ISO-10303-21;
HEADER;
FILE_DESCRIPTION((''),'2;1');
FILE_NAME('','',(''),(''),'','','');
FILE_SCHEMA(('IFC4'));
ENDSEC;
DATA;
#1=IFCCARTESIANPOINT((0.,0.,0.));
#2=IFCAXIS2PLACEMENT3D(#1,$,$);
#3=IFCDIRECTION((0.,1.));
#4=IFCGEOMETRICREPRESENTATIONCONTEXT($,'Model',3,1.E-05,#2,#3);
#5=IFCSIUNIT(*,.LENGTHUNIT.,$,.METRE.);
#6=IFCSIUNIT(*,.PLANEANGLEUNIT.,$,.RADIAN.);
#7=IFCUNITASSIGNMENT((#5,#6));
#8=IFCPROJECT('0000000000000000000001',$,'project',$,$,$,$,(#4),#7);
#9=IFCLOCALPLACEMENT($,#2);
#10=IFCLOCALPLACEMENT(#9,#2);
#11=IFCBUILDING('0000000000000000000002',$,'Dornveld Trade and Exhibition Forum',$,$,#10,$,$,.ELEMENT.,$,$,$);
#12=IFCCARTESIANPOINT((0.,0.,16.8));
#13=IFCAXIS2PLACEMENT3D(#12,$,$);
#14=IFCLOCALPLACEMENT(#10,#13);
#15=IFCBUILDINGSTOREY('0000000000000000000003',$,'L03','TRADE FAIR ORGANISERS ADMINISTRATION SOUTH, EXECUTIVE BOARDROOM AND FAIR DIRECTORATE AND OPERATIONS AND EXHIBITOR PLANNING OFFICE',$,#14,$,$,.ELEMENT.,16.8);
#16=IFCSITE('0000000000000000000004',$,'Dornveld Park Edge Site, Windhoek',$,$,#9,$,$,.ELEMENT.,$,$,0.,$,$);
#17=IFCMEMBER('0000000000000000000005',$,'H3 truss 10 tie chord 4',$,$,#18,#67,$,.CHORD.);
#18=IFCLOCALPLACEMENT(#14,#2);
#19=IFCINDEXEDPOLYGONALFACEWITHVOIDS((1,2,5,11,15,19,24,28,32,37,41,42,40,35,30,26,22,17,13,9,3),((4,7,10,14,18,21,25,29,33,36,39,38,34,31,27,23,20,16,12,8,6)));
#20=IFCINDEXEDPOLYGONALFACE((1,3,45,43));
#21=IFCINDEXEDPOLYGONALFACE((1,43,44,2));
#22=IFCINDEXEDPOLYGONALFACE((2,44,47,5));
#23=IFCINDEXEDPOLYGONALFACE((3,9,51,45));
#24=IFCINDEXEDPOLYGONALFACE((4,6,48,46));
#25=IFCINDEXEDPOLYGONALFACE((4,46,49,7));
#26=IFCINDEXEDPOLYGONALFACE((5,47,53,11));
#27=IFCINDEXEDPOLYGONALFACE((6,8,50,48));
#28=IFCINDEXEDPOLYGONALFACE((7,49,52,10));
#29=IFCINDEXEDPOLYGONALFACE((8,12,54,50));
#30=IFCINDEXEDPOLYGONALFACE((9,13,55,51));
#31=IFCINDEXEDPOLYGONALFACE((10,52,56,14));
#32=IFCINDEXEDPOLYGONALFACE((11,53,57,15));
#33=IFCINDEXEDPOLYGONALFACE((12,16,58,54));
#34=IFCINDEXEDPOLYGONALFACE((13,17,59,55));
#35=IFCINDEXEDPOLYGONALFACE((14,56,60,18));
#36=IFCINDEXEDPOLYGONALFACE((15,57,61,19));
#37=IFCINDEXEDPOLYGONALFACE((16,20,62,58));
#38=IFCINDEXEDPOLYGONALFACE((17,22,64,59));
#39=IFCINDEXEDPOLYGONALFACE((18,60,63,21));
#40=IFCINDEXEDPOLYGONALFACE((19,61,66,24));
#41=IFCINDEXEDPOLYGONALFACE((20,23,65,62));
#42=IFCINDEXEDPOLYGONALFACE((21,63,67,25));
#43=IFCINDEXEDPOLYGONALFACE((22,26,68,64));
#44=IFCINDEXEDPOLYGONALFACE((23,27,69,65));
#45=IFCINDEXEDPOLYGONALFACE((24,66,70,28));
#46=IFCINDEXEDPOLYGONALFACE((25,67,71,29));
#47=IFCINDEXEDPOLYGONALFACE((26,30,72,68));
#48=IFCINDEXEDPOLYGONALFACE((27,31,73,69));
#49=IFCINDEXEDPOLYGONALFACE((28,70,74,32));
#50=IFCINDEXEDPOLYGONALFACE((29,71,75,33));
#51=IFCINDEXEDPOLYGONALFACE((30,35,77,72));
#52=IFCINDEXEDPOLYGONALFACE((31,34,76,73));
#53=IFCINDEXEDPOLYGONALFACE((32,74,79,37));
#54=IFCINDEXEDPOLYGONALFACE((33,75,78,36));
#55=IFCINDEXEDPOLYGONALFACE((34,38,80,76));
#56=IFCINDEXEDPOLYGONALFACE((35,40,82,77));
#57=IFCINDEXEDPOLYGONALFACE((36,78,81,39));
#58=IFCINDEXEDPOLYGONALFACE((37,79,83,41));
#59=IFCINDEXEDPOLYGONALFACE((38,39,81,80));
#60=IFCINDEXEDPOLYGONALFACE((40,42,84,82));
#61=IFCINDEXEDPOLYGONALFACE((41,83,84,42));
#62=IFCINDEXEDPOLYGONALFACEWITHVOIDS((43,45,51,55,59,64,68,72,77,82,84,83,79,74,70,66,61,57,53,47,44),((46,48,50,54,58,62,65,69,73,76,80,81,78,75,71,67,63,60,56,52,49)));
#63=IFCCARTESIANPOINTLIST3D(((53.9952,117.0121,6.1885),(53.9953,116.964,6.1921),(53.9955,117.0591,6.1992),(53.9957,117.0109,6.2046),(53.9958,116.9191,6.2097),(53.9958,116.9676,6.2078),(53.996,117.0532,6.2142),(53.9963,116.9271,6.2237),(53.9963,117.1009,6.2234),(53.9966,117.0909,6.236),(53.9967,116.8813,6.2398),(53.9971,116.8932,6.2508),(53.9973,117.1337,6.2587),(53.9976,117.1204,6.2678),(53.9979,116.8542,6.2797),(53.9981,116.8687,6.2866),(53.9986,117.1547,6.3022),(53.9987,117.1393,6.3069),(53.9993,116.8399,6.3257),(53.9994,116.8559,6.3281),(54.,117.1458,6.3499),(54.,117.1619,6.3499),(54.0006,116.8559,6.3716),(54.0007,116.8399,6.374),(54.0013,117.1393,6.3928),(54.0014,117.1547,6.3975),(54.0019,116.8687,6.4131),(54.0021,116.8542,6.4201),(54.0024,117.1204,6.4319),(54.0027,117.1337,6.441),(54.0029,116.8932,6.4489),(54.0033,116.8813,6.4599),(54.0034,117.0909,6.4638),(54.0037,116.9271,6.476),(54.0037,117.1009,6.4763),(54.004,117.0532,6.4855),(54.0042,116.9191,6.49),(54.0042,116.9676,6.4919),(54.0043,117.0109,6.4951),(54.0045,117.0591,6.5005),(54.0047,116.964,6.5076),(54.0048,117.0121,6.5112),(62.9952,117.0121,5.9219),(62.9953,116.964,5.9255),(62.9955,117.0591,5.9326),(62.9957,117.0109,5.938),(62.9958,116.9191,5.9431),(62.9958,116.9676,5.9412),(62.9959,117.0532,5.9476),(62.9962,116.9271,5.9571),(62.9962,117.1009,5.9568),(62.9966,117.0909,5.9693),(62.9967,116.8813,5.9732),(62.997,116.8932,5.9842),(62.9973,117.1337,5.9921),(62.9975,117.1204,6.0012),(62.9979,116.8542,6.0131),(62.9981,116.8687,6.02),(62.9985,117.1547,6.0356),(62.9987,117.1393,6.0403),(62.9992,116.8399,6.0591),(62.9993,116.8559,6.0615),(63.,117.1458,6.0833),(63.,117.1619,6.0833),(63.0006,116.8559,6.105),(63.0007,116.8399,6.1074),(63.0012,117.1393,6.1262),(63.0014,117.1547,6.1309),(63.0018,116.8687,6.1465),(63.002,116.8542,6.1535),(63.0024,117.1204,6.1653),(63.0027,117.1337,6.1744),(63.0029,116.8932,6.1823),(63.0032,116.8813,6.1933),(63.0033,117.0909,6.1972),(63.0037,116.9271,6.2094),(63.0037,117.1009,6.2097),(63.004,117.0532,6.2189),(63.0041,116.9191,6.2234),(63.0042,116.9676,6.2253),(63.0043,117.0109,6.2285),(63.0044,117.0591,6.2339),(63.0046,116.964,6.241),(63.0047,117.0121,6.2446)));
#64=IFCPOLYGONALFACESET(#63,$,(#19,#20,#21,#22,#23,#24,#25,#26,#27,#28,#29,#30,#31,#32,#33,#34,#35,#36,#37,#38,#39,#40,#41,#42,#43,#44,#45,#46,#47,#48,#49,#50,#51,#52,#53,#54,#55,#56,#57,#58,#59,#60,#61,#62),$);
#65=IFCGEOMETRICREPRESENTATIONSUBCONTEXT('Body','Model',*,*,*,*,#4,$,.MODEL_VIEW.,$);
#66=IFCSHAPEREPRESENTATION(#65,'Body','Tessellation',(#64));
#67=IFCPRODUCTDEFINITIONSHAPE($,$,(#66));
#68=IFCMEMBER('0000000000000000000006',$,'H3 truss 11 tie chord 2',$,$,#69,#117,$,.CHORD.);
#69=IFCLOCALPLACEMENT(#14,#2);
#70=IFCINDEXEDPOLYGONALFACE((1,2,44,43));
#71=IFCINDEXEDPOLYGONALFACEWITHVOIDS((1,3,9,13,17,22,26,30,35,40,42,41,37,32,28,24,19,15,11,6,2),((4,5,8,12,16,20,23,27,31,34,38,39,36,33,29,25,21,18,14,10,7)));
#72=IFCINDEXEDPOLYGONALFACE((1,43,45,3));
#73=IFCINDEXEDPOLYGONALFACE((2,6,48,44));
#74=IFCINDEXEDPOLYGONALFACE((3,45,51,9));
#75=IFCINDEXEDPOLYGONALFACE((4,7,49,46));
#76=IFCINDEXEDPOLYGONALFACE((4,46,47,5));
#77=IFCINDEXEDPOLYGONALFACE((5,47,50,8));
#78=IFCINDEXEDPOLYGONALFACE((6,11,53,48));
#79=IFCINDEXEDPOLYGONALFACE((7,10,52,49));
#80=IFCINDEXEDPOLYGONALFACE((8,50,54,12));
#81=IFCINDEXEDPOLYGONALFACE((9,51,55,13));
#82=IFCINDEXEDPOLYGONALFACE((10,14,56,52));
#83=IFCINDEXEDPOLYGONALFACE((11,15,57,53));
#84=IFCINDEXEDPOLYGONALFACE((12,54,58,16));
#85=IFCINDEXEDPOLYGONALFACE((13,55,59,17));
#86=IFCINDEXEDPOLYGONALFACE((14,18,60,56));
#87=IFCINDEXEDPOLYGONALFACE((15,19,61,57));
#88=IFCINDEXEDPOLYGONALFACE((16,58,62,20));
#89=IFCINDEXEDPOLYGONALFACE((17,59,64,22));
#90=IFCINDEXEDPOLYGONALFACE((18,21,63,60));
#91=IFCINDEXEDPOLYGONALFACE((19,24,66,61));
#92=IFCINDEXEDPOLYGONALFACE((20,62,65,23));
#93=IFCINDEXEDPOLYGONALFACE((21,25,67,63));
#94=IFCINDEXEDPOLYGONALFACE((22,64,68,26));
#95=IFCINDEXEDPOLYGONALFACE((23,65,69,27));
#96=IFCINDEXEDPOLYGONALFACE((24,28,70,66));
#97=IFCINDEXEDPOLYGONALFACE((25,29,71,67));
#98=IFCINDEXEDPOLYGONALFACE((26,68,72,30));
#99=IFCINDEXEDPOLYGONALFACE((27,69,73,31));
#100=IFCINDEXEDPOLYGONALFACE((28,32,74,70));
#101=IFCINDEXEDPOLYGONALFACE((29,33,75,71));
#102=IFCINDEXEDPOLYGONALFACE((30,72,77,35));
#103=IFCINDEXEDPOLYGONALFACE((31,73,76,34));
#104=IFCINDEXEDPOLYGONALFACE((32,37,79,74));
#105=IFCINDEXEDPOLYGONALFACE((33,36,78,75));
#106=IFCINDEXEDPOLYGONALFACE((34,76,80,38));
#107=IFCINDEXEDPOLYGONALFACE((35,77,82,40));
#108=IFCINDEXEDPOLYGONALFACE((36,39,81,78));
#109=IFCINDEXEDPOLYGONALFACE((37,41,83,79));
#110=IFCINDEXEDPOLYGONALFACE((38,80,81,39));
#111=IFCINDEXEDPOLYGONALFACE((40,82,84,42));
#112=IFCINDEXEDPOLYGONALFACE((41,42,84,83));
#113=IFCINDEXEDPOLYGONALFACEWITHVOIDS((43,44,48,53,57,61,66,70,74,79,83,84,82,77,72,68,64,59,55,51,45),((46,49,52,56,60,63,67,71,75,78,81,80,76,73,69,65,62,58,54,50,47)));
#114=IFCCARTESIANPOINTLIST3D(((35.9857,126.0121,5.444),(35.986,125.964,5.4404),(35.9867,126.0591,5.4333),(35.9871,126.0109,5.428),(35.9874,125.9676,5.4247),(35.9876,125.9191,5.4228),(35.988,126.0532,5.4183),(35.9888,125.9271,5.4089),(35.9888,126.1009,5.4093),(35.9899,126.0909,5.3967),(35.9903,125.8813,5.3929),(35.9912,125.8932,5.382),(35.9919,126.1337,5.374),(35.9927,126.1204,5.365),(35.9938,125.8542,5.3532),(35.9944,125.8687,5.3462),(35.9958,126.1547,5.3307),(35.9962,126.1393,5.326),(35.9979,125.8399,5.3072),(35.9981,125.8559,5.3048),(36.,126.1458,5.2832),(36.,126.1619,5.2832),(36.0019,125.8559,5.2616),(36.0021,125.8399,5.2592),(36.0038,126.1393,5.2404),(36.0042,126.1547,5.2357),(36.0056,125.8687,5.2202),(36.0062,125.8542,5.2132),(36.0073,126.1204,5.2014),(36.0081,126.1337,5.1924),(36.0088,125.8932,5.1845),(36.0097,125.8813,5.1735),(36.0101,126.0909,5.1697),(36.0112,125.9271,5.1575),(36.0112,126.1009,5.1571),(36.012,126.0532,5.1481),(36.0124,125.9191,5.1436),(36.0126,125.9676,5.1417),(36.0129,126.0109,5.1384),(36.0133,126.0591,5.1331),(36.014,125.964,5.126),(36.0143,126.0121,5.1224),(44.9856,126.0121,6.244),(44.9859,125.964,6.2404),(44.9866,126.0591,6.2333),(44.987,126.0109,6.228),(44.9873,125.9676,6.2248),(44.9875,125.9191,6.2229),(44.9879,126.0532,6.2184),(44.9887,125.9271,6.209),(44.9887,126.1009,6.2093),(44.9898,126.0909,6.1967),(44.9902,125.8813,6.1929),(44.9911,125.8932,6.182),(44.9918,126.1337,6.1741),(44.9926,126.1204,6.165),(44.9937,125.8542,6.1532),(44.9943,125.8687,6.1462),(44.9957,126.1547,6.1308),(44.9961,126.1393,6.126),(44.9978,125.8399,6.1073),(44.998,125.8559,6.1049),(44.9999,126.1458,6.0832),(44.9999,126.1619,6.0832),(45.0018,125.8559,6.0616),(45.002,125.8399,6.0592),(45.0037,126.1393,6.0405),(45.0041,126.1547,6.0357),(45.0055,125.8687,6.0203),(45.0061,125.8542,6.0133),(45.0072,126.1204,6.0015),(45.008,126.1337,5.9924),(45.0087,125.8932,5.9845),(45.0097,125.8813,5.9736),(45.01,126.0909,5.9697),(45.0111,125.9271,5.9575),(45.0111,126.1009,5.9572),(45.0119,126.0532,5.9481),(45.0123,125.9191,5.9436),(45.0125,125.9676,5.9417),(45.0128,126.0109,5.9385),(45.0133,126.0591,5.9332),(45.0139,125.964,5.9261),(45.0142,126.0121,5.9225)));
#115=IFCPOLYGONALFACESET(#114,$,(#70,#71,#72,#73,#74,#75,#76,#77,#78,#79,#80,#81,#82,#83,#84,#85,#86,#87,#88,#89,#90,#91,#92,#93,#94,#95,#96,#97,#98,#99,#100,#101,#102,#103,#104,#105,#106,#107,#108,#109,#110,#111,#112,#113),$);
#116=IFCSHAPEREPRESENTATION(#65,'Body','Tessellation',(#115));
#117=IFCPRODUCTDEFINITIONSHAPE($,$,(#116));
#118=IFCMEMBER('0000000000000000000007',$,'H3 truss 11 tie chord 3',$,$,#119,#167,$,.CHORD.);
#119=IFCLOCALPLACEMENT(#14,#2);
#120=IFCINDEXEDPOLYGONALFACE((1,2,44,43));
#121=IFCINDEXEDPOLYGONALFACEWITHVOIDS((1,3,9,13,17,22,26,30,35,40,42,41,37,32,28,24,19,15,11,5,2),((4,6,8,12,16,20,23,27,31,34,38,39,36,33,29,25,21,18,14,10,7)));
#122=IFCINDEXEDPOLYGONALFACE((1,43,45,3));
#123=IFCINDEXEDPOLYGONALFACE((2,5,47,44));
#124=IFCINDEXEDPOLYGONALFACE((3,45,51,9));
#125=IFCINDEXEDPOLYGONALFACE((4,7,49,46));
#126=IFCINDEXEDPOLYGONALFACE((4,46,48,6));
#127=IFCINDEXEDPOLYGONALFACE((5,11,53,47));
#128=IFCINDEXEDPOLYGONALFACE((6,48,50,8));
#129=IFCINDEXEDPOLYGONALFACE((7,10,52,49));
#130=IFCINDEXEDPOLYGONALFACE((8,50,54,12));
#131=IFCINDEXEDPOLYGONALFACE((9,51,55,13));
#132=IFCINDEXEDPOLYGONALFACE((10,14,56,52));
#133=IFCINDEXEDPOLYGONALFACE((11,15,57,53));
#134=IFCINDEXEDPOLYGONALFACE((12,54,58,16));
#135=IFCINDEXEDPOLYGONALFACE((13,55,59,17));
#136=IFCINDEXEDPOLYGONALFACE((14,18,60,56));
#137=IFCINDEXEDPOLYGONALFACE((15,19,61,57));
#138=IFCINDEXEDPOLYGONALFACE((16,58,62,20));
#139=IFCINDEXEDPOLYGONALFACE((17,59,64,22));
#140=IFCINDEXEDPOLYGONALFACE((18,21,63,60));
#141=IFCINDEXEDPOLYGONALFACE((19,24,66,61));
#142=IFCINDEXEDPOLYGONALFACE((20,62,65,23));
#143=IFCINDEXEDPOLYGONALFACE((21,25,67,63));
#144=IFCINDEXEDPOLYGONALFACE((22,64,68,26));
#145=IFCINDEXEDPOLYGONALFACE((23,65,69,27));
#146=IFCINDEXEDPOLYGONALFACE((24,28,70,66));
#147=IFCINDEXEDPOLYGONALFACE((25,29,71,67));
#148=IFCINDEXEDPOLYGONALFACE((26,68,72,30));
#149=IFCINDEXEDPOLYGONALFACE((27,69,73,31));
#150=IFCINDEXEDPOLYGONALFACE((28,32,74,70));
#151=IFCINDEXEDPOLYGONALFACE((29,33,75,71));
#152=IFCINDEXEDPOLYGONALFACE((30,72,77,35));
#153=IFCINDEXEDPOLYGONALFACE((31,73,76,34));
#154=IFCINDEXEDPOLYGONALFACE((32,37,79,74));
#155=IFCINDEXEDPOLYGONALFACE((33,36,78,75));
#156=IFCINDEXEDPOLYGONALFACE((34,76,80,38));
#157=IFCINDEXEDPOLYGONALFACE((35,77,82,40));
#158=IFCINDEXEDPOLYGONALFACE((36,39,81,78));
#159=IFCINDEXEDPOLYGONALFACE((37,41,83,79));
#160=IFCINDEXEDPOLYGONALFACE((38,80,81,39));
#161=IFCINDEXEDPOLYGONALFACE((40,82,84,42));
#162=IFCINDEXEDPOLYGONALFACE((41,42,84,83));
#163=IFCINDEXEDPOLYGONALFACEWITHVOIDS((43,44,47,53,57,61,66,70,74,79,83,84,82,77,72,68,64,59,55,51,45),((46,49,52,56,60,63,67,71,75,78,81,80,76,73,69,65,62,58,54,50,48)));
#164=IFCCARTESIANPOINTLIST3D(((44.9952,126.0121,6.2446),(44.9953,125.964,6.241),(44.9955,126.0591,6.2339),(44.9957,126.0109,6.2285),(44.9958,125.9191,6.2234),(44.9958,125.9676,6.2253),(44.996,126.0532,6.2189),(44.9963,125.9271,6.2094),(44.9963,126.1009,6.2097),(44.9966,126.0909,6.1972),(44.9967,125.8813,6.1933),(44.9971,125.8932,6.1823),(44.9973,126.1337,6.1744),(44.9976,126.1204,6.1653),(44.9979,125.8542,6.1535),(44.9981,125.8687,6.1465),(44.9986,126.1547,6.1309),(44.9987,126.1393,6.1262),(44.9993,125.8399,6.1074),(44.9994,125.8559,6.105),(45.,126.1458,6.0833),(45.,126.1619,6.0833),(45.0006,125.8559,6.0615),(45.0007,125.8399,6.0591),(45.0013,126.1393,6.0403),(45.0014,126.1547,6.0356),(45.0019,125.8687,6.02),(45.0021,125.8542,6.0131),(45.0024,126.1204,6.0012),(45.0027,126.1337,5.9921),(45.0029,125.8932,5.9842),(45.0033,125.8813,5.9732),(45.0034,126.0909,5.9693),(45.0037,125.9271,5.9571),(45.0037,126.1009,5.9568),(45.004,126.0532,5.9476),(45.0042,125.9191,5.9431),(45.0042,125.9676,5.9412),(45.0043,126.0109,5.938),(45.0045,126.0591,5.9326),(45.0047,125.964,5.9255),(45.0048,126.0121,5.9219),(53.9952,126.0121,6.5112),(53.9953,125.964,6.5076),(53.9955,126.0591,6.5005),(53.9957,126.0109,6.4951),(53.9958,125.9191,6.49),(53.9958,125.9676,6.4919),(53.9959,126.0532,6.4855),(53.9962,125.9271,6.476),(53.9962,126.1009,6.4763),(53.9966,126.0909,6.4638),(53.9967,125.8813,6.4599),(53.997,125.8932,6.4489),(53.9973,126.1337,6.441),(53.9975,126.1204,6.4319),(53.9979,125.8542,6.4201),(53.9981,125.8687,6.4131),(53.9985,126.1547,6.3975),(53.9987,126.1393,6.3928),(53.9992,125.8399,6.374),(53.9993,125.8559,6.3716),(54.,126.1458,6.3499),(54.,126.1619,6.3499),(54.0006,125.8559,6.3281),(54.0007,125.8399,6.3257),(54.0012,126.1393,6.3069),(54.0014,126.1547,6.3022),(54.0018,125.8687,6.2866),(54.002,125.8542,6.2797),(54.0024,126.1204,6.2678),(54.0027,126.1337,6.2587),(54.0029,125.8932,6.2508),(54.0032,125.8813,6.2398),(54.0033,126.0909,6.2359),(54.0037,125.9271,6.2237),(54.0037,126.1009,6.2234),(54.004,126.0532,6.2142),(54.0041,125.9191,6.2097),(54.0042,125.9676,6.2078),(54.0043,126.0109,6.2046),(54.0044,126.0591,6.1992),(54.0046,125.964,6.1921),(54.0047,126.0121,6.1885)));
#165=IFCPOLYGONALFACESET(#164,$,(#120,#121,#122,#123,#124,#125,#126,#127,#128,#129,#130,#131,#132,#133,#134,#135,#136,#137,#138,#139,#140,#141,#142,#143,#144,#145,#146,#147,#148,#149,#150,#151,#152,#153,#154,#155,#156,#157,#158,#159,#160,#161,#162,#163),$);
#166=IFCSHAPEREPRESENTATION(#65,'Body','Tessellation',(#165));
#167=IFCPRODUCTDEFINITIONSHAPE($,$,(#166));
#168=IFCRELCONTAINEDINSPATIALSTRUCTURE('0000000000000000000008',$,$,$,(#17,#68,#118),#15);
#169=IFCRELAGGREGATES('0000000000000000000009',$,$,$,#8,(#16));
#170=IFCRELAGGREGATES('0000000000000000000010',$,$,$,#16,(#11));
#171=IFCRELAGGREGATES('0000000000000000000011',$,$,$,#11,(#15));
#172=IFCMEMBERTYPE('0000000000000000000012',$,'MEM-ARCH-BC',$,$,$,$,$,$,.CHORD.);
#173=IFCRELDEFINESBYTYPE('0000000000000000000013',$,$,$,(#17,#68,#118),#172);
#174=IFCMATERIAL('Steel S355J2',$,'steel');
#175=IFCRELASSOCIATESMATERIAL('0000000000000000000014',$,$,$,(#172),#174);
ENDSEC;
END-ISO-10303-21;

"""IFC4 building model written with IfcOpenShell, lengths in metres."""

from ifc_helpers import new_model, si_unit, direction, frame, origin, origin_2d, place, context, subcontext, project, spatial, hollow_circle, extrude, material, material_profile, profile_set, type_object, element, save


model = new_model("IFC4")

# Units and contexts
model_context = context("Model", 3, precision=1e-05, world=origin(), true_north=direction((0.0, 1.0)))
body_context = subcontext(model_context, "Body", "Model", "MODEL_VIEW")
ifc_project = project(units=[si_unit("LENGTHUNIT", "METRE"), si_unit("PLANEANGLEUNIT", "RADIAN")], contexts=[model_context])

# Site, building, storey
site_placement = place(None, origin())
site = spatial("IfcSite", under=ifc_project, at=site_placement, Name="Dornveld Park Edge Site, Windhoek", CompositionType="ELEMENT", RefElevation=0.0)
building_placement = place(site_placement, origin())
building = spatial("IfcBuilding", under=site, at=building_placement, Name="Dornveld Trade and Exhibition Forum", CompositionType="ELEMENT")
storey_placement = place(building_placement, frame((0.0, 0.0, 16.8)))
storey = spatial("IfcBuildingStorey", under=building, at=storey_placement, Name="L03", Description="TRADE FAIR ORGANISERS ADMINISTRATION SOUTH, EXECUTIVE BOARDROOM AND FAIR DIRECTORATE AND OPERATIONS AND EXHIBITOR PLANNING OFFICE", CompositionType="ELEMENT", Elevation=16.8)

# Members
ifc_material_1 = material(Name="Steel S355J2", Category="steel")
ifc_material_profile_1 = material_profile(ifc_material_1, hollow_circle(Radius=0.1619, WallThickness=0.0161, at=origin_2d()), Name="CHS 323.9x16")
ifc_profile_set_1 = profile_set([ifc_material_profile_1], Name="Steel S355J2")
member_type_1 = type_object("IfcMemberType", Name="MEM-ARCH-BC", PredefinedType="CHORD", material=ifc_profile_set_1)
for number, where, z_axis, x_axis, name in (
    (1, (54.0, 117.0, 6.3499), (0.999562, 0.0, -0.029609), (0.0, 1.0, 0.0), "H3 truss 10 tie chord 4"),
):
    element("IfcMember", number, at=place(storey_placement, frame(where, z_axis=z_axis, x_axis=x_axis)), inside=storey, type_object=member_type_1, Name=name, PredefinedType="CHORD", context=body_context, shape_type="SweptSolid", body=[
        extrude(hollow_circle(Radius=0.1619, WallThickness=0.0161, at=origin_2d()), origin(), (0.0, 0.0, 1.0), 9.0039),
    ])
member_1_placement = place(storey_placement, frame((36.0, 126.0, 5.2832), z_axis=(0.996072, 0.0, 0.088545), x_axis=(0.0, 1.0, 0.0)))
element("IfcMember", 2, at=member_1_placement, inside=storey, type_object=member_type_1, Name="H3 truss 11 tie chord 2", PredefinedType="CHORD", context=body_context, shape_type="SweptSolid", body=[
    extrude(hollow_circle(Radius=0.1619, WallThickness=0.0161, at=origin_2d()), origin(), (0.0, 0.0, 1.0), 9.0354),
])
for number, where, z_axis, x_axis, name in (
    (3, (45.0, 126.0, 6.0833), (0.999562, 0.0, 0.029609), (0.0, 1.0, 0.0), "H3 truss 11 tie chord 3"),
):
    element("IfcMember", number, at=place(storey_placement, frame(where, z_axis=z_axis, x_axis=x_axis)), inside=storey, type_object=member_type_1, Name=name, PredefinedType="CHORD", context=body_context, shape_type="SweptSolid", body=[
        extrude(hollow_circle(Radius=0.1619, WallThickness=0.0161, at=origin_2d()), origin(), (0.0, 0.0, 1.0), 9.0039),
    ])

save(model, "model.ifc")
